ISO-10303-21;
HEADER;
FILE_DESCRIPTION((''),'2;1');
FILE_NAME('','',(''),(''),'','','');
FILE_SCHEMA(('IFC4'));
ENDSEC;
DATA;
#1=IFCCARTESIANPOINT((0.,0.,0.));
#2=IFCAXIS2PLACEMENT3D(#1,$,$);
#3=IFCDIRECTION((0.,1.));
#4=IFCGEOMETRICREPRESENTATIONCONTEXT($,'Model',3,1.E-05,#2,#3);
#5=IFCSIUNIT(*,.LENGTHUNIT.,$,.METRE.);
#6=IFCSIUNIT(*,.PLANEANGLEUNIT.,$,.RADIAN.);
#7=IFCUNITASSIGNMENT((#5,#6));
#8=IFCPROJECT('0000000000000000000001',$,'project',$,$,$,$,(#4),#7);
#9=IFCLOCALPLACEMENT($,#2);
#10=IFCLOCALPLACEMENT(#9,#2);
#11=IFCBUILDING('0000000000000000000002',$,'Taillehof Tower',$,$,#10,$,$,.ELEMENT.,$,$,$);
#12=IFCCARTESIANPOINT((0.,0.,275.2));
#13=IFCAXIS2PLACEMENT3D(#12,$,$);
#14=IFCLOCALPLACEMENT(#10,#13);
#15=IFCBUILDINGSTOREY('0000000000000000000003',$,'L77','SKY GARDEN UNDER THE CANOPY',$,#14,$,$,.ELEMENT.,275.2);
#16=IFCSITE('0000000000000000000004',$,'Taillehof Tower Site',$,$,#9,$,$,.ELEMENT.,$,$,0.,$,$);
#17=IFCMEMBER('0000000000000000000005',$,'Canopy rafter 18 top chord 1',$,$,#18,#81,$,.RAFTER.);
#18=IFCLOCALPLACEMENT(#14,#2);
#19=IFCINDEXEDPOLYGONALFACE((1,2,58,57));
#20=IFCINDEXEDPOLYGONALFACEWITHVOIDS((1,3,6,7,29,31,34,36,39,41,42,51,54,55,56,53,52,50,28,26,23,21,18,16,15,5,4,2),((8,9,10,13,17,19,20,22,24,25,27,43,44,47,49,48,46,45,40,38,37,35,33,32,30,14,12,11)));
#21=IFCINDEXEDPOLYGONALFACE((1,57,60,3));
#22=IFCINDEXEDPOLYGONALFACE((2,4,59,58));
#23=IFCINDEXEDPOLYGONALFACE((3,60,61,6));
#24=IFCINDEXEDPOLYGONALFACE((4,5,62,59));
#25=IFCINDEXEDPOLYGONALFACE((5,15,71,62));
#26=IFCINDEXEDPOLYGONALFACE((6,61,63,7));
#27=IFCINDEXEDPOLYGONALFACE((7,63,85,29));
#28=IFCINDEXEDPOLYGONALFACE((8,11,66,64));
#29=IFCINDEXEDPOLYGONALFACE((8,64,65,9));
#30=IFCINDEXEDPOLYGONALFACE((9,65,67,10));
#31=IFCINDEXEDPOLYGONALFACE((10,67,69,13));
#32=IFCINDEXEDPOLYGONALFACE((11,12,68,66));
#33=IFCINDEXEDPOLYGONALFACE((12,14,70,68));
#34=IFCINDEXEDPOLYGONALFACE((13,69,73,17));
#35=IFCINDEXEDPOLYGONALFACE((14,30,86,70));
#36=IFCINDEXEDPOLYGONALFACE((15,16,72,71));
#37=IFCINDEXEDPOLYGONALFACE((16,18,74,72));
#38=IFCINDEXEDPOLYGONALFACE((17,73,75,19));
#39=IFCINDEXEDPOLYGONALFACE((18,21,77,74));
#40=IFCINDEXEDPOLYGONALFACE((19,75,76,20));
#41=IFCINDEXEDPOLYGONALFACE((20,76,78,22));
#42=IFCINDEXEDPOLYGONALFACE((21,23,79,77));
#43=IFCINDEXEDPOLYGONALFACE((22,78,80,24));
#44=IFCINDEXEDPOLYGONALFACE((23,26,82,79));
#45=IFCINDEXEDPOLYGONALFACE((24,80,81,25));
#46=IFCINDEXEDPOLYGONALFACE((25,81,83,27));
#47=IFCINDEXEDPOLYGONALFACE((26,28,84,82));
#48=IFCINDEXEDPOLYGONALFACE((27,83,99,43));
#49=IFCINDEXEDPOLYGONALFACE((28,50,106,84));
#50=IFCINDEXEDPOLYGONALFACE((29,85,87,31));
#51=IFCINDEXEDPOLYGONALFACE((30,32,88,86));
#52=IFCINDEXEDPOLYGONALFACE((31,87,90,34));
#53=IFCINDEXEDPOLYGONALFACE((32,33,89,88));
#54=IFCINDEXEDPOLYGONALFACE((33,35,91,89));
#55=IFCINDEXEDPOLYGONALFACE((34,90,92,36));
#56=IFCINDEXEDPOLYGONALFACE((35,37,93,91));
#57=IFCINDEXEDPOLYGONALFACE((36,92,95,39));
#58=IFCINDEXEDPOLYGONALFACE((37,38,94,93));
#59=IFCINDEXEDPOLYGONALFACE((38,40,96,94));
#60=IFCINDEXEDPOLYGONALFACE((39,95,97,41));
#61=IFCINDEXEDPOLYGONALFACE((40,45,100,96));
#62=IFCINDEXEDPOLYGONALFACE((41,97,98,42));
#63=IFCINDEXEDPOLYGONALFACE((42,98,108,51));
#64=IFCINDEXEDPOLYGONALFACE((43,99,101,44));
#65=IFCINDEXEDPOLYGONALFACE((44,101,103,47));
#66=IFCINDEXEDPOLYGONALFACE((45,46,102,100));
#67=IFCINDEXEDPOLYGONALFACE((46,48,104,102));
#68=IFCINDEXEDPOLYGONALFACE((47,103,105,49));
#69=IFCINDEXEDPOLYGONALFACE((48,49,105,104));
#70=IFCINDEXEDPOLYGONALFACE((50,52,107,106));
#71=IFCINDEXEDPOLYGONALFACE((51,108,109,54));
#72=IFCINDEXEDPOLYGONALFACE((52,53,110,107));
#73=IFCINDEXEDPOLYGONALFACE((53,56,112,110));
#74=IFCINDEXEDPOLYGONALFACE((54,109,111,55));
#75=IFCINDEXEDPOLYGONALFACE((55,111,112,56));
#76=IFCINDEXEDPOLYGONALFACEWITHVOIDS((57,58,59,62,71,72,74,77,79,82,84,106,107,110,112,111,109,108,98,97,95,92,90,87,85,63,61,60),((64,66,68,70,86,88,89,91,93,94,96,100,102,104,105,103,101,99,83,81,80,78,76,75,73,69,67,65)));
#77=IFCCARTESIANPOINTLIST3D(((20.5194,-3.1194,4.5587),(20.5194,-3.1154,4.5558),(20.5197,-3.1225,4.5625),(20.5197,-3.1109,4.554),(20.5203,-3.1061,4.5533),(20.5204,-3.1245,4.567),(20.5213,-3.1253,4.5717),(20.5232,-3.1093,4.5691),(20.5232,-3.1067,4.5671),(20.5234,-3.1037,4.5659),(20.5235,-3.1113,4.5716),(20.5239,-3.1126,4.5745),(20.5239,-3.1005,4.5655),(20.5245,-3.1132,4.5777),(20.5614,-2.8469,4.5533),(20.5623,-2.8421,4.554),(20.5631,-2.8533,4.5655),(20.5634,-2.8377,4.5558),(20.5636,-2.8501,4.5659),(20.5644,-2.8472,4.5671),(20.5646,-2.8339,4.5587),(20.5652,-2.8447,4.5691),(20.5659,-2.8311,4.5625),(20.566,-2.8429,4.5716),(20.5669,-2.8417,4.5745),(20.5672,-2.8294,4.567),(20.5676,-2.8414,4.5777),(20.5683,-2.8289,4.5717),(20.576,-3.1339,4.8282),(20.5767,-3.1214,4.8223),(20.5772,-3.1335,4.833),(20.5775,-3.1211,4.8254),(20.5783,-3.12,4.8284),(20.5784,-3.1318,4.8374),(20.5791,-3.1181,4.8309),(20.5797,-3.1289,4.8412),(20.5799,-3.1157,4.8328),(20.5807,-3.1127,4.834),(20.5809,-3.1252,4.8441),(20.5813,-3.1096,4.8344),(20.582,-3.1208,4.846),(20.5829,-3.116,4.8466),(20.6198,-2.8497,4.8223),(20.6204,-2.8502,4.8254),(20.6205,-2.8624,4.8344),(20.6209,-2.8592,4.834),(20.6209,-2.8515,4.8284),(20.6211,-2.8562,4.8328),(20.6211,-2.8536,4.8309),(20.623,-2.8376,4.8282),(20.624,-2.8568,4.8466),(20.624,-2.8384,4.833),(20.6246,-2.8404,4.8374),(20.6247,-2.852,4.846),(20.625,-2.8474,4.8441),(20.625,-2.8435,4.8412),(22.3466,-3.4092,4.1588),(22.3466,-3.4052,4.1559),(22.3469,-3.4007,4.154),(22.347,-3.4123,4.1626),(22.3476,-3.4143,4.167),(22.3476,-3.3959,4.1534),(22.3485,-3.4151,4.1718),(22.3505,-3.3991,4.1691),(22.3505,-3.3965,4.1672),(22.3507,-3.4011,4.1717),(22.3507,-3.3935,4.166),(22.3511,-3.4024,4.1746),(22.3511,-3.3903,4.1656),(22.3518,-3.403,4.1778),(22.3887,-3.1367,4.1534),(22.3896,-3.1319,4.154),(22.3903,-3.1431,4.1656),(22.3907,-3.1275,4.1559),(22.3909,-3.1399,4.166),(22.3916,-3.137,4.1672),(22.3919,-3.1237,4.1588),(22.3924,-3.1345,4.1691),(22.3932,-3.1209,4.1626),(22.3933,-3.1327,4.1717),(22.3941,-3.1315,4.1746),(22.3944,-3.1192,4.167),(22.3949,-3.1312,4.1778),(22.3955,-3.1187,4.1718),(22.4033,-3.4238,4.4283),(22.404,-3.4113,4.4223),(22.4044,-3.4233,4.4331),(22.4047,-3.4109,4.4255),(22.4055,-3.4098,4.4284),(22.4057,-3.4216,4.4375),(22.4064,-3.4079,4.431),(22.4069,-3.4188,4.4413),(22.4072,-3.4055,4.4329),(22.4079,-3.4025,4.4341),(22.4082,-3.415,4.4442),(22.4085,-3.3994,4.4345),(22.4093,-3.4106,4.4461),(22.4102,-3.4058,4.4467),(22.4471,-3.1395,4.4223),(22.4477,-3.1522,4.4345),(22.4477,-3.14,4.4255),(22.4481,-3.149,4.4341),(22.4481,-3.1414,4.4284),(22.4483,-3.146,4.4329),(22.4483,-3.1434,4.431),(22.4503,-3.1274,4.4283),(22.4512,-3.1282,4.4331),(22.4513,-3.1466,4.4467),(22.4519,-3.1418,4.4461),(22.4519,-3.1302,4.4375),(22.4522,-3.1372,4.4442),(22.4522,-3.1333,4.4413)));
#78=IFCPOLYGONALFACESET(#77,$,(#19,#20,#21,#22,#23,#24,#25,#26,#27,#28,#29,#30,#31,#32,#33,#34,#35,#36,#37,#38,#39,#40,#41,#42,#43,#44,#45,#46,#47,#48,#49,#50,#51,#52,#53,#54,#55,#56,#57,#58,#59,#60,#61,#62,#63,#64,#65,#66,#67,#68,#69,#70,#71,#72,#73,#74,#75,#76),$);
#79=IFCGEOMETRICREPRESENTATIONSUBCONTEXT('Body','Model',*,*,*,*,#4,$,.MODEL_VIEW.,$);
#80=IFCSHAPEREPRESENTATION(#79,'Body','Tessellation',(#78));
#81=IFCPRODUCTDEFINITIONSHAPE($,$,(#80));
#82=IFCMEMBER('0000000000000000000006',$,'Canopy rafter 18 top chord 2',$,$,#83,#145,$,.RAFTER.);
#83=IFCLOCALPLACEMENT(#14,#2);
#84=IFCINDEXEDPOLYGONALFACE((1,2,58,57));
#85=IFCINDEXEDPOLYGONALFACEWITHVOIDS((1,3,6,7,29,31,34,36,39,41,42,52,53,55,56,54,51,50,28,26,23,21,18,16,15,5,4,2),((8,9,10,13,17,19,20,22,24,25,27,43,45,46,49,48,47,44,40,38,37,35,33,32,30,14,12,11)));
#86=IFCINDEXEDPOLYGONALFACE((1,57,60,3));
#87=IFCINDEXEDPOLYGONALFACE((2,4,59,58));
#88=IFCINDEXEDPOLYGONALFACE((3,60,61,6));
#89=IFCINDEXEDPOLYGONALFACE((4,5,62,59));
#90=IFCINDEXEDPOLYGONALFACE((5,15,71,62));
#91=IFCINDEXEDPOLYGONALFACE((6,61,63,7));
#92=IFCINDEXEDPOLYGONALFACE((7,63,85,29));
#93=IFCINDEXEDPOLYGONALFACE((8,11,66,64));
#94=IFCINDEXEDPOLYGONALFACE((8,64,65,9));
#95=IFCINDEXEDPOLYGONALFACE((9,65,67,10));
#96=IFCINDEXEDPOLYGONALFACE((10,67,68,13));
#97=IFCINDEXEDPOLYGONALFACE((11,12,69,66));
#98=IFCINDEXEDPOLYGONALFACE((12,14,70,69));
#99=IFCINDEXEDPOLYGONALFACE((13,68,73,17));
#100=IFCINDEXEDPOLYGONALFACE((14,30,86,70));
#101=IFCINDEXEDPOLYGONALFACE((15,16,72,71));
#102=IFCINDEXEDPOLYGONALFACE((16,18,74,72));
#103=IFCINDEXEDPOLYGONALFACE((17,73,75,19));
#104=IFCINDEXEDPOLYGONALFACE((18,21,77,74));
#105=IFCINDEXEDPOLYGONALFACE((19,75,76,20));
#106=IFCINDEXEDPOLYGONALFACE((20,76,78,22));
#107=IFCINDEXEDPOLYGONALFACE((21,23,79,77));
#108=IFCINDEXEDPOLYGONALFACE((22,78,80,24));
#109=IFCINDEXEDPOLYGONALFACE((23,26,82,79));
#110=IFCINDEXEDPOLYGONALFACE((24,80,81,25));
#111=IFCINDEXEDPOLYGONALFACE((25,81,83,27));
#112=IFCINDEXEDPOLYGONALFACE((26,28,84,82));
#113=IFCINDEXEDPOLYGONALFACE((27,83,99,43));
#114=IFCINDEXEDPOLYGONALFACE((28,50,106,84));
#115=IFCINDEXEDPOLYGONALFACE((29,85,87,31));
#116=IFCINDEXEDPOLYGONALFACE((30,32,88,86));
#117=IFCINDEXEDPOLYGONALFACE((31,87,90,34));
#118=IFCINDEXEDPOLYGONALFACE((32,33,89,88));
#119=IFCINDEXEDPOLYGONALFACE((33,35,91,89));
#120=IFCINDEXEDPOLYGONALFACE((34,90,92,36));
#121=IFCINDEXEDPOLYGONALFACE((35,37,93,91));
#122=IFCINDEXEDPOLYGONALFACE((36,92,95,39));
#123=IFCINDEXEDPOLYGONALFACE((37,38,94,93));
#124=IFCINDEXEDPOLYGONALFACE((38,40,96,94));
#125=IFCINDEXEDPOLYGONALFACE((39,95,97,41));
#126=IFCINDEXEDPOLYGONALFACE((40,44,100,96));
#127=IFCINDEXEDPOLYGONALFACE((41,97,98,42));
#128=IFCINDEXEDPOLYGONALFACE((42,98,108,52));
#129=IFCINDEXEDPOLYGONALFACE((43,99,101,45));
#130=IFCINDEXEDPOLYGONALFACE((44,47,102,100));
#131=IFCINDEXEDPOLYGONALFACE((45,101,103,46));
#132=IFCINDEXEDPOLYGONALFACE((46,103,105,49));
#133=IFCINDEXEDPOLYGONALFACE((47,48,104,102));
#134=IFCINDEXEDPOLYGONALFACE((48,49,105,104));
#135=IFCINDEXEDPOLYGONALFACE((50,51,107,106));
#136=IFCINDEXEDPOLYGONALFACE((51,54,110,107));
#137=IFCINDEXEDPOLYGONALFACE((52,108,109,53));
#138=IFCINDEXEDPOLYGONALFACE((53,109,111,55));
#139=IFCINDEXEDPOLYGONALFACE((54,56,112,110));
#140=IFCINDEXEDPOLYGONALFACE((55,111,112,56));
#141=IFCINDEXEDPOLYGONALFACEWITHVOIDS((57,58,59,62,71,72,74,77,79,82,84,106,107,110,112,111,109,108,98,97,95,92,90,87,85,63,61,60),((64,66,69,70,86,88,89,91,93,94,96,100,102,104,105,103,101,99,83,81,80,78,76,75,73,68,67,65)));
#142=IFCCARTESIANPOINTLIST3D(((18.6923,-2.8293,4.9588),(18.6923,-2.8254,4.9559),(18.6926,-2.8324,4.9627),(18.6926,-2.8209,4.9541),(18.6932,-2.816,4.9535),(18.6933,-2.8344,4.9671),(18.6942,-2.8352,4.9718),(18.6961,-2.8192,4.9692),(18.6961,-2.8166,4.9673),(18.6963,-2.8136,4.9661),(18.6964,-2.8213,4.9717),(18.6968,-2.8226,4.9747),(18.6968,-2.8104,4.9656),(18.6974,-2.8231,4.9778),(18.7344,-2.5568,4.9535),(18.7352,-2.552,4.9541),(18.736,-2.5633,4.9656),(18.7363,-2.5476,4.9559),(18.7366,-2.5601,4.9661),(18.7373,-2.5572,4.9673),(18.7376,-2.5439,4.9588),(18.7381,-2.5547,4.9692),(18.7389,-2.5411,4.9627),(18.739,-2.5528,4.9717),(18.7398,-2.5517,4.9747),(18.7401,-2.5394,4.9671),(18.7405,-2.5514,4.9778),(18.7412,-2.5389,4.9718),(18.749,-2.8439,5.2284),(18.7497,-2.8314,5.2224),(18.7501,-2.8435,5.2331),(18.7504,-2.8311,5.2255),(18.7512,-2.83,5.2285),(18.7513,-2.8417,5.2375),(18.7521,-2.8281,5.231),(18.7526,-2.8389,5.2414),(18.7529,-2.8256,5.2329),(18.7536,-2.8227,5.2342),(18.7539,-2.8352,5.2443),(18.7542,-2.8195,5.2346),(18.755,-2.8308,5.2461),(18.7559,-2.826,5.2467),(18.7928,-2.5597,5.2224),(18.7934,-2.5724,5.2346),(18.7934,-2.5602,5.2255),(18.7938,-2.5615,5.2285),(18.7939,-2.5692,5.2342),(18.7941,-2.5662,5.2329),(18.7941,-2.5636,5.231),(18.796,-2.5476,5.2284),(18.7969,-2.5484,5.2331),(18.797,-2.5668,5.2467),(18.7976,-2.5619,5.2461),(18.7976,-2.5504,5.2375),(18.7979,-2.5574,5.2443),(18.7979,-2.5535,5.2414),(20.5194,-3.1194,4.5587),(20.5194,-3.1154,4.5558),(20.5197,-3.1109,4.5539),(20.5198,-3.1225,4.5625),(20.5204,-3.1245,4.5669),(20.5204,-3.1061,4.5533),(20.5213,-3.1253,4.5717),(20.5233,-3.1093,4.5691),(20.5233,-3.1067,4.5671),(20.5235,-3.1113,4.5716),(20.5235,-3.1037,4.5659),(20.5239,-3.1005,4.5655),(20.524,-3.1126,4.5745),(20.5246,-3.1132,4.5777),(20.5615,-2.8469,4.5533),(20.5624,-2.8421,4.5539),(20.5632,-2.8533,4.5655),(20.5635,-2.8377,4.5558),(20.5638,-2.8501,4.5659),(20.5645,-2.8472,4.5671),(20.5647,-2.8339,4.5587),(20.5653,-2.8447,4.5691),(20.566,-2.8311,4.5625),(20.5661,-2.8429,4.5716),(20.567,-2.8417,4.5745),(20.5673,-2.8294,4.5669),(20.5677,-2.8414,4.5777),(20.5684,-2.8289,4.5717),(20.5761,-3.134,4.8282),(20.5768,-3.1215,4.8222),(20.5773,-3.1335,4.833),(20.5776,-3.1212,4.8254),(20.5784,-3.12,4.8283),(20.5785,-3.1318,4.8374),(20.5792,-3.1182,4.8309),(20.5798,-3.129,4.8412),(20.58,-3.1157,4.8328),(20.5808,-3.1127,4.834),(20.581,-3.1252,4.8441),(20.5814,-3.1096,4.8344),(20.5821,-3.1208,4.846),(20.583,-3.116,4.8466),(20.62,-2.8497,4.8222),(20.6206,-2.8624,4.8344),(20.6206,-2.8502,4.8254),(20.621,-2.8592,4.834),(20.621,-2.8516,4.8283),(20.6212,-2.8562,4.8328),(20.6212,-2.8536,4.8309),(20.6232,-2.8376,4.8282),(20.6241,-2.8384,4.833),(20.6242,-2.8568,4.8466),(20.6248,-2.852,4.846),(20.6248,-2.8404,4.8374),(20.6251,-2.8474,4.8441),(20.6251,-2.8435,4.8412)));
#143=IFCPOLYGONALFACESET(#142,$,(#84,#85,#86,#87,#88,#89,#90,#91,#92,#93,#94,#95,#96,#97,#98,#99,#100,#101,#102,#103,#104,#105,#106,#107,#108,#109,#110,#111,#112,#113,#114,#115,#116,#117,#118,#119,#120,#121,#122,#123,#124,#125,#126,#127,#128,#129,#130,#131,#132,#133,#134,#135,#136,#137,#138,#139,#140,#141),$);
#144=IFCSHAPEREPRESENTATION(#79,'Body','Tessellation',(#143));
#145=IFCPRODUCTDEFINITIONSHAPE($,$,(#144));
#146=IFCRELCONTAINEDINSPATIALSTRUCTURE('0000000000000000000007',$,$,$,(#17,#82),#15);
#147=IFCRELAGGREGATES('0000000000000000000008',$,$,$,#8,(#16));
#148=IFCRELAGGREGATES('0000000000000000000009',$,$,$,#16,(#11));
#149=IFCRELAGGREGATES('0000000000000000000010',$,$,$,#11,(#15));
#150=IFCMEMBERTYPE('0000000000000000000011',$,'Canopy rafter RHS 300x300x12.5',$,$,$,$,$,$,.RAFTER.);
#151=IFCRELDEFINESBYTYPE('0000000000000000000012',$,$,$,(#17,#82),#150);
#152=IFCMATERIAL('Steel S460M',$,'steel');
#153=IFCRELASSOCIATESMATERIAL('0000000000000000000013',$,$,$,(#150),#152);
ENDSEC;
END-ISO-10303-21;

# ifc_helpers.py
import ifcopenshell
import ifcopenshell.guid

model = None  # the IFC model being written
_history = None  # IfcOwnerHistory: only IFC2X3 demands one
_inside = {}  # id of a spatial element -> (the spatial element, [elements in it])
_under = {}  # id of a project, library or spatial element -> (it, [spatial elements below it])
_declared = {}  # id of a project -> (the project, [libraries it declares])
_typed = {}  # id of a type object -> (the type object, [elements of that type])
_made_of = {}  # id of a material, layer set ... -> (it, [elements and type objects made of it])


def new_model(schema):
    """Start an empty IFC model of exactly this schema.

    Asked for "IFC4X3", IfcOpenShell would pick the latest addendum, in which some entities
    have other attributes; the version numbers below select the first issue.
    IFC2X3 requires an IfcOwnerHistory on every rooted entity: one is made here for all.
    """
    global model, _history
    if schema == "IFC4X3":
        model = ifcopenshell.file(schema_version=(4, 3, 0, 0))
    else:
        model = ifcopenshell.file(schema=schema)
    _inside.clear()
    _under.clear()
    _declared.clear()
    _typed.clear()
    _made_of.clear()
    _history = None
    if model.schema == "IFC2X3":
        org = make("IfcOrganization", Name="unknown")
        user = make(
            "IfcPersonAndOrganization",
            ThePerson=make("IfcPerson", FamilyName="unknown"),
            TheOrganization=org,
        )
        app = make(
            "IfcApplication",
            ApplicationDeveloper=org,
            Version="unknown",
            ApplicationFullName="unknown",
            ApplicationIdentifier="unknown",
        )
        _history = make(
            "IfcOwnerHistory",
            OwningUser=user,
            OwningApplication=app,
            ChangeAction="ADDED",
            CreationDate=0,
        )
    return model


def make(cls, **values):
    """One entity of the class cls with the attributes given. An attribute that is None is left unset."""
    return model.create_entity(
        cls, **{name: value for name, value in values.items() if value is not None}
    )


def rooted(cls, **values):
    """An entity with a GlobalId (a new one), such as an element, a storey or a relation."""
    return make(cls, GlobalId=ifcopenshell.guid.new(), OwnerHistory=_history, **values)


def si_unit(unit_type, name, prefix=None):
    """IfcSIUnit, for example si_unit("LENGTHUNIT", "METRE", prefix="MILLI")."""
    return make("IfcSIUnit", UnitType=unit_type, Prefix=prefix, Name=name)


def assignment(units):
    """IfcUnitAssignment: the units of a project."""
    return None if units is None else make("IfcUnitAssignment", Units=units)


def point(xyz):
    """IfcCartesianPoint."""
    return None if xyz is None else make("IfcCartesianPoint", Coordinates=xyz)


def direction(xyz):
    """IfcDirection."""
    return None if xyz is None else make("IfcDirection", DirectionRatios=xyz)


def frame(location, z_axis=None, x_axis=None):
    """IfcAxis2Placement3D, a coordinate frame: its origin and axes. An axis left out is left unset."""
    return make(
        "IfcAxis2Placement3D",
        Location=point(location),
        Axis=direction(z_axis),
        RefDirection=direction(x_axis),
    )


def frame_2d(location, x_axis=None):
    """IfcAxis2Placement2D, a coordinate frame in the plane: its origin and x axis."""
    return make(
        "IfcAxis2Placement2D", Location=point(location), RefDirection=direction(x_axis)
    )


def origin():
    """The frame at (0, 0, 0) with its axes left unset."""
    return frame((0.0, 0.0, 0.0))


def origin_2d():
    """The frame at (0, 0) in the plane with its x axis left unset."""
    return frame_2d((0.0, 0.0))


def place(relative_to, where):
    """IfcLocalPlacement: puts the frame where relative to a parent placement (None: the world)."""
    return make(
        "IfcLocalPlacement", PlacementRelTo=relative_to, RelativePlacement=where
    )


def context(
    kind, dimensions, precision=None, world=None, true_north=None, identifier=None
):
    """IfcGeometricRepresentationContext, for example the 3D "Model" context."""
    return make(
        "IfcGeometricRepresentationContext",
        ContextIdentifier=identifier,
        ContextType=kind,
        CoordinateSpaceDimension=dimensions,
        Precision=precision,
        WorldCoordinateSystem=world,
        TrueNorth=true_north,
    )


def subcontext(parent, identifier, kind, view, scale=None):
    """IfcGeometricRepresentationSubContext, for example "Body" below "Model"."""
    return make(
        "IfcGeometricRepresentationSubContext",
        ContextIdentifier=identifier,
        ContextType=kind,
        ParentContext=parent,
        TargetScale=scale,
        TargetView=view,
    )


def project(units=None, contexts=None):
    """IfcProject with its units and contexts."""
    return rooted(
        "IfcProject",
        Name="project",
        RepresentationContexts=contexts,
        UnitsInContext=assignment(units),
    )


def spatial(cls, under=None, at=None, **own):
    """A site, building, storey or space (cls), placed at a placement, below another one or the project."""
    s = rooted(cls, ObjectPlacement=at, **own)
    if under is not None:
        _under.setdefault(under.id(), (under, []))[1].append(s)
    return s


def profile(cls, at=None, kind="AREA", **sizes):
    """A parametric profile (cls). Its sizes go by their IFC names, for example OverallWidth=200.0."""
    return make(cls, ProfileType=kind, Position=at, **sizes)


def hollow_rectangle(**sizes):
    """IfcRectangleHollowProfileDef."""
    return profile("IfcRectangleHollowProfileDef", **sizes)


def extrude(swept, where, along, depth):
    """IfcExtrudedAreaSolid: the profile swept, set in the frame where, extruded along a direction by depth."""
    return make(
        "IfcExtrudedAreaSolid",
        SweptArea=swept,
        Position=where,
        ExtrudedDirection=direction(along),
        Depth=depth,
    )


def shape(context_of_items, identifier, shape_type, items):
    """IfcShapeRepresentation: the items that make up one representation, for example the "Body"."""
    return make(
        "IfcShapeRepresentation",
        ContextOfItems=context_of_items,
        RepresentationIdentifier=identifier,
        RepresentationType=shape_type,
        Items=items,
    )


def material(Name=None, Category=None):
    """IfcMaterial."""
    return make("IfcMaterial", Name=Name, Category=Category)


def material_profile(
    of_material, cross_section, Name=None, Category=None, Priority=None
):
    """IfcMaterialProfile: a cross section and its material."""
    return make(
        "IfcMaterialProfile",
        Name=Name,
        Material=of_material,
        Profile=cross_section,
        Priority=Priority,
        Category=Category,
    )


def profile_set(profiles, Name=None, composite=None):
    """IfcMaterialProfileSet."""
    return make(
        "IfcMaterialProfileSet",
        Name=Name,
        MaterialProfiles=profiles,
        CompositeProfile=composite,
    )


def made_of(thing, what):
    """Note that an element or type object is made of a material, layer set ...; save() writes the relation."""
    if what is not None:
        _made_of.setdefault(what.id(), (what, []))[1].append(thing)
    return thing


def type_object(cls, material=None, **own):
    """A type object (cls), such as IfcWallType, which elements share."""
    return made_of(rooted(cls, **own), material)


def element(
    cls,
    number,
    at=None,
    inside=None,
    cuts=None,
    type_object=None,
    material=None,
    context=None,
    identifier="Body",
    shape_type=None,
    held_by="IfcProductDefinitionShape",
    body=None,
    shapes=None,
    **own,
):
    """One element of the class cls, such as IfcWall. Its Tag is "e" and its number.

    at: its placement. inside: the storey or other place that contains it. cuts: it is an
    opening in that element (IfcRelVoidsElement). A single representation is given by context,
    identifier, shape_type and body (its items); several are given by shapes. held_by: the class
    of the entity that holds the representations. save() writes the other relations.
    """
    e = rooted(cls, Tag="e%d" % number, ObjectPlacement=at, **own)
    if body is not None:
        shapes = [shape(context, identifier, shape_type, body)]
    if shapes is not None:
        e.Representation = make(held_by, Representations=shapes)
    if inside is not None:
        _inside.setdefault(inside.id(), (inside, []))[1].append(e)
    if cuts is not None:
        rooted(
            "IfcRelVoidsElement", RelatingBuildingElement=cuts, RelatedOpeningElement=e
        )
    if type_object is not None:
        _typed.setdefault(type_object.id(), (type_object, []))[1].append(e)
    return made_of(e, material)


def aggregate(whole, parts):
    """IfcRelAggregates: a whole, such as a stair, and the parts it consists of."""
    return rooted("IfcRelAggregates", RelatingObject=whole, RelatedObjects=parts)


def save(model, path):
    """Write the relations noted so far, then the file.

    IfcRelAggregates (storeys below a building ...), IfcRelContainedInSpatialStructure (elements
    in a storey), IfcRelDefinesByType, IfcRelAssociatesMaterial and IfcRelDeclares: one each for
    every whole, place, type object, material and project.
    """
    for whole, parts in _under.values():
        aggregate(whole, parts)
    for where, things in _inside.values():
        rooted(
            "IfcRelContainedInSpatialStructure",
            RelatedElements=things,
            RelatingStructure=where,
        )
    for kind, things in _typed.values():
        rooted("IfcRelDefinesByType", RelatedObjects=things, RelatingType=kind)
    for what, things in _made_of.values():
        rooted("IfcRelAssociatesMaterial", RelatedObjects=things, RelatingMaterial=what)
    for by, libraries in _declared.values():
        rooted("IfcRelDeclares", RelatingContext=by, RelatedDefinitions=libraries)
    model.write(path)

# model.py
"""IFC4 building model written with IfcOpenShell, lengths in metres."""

from ifc_helpers import new_model, si_unit, direction, frame, origin, origin_2d, place, context, subcontext, project, spatial, hollow_rectangle, extrude, material, material_profile, profile_set, type_object, element, save


model = new_model("IFC4")

# Units and contexts
model_context = context("Model", 3, precision=1e-05, world=origin(), true_north=direction((0.0, 1.0)))
body_context = subcontext(model_context, "Body", "Model", "MODEL_VIEW")
ifc_project = project(units=[si_unit("LENGTHUNIT", "METRE"), si_unit("PLANEANGLEUNIT", "RADIAN")], contexts=[model_context])

# Site, building, storey
site_placement = place(None, origin())
site = spatial("IfcSite", under=ifc_project, at=site_placement, Name="Taillehof Tower Site", CompositionType="ELEMENT", RefElevation=0.0)
building_placement = place(site_placement, origin())
building = spatial("IfcBuilding", under=site, at=building_placement, Name="Taillehof Tower", CompositionType="ELEMENT")
storey_placement = place(building_placement, frame((0.0, 0.0, 275.2)))
storey = spatial("IfcBuildingStorey", under=building, at=storey_placement, Name="L77", Description="SKY GARDEN UNDER THE CANOPY", CompositionType="ELEMENT", Elevation=275.2)

# Members
ifc_material_1 = material(Name="Steel S460M", Category="steel")
ifc_material_profile_1 = material_profile(ifc_material_1, hollow_rectangle(XDim=0.3, YDim=0.3, WallThickness=0.0125, InnerFilletRadius=0.0125, OuterFilletRadius=0.0188, at=origin_2d()), Name="RHS 300x300x12.5")
ifc_profile_set_1 = profile_set([ifc_material_profile_1], Name="Steel S460M")
member_type_1 = type_object("IfcMemberType", Name="Canopy rafter RHS 300x300x12.5", PredefinedType="RAFTER", material=ifc_profile_set_1)
for number, where, z_axis, x_axis, name in (
    (1, (22.3994, -3.2712, 4.3), (-0.965358, 0.153111, 0.211285), (-0.156647, -0.987655, 0.0), "Canopy rafter 18 top chord 1"),
    (2, (20.5723, -2.9814, 4.7), (-0.965312, 0.153232, 0.211404), (-0.156776, -0.987634, 0.0), "Canopy rafter 18 top chord 2"),
):
    element("IfcMember", number, at=place(storey_placement, frame(where, z_axis=z_axis, x_axis=x_axis)), inside=storey, type_object=member_type_1, Name=name, PredefinedType="RAFTER", context=body_context, shape_type="SweptSolid", body=[
        extrude(hollow_rectangle(XDim=0.3, YDim=0.3, WallThickness=0.0125, InnerFilletRadius=0.0125, OuterFilletRadius=0.0188, at=origin_2d()), origin(), (0.0, 0.0, 1.0), 1.8928),
    ])

save(model, "model.ifc")
